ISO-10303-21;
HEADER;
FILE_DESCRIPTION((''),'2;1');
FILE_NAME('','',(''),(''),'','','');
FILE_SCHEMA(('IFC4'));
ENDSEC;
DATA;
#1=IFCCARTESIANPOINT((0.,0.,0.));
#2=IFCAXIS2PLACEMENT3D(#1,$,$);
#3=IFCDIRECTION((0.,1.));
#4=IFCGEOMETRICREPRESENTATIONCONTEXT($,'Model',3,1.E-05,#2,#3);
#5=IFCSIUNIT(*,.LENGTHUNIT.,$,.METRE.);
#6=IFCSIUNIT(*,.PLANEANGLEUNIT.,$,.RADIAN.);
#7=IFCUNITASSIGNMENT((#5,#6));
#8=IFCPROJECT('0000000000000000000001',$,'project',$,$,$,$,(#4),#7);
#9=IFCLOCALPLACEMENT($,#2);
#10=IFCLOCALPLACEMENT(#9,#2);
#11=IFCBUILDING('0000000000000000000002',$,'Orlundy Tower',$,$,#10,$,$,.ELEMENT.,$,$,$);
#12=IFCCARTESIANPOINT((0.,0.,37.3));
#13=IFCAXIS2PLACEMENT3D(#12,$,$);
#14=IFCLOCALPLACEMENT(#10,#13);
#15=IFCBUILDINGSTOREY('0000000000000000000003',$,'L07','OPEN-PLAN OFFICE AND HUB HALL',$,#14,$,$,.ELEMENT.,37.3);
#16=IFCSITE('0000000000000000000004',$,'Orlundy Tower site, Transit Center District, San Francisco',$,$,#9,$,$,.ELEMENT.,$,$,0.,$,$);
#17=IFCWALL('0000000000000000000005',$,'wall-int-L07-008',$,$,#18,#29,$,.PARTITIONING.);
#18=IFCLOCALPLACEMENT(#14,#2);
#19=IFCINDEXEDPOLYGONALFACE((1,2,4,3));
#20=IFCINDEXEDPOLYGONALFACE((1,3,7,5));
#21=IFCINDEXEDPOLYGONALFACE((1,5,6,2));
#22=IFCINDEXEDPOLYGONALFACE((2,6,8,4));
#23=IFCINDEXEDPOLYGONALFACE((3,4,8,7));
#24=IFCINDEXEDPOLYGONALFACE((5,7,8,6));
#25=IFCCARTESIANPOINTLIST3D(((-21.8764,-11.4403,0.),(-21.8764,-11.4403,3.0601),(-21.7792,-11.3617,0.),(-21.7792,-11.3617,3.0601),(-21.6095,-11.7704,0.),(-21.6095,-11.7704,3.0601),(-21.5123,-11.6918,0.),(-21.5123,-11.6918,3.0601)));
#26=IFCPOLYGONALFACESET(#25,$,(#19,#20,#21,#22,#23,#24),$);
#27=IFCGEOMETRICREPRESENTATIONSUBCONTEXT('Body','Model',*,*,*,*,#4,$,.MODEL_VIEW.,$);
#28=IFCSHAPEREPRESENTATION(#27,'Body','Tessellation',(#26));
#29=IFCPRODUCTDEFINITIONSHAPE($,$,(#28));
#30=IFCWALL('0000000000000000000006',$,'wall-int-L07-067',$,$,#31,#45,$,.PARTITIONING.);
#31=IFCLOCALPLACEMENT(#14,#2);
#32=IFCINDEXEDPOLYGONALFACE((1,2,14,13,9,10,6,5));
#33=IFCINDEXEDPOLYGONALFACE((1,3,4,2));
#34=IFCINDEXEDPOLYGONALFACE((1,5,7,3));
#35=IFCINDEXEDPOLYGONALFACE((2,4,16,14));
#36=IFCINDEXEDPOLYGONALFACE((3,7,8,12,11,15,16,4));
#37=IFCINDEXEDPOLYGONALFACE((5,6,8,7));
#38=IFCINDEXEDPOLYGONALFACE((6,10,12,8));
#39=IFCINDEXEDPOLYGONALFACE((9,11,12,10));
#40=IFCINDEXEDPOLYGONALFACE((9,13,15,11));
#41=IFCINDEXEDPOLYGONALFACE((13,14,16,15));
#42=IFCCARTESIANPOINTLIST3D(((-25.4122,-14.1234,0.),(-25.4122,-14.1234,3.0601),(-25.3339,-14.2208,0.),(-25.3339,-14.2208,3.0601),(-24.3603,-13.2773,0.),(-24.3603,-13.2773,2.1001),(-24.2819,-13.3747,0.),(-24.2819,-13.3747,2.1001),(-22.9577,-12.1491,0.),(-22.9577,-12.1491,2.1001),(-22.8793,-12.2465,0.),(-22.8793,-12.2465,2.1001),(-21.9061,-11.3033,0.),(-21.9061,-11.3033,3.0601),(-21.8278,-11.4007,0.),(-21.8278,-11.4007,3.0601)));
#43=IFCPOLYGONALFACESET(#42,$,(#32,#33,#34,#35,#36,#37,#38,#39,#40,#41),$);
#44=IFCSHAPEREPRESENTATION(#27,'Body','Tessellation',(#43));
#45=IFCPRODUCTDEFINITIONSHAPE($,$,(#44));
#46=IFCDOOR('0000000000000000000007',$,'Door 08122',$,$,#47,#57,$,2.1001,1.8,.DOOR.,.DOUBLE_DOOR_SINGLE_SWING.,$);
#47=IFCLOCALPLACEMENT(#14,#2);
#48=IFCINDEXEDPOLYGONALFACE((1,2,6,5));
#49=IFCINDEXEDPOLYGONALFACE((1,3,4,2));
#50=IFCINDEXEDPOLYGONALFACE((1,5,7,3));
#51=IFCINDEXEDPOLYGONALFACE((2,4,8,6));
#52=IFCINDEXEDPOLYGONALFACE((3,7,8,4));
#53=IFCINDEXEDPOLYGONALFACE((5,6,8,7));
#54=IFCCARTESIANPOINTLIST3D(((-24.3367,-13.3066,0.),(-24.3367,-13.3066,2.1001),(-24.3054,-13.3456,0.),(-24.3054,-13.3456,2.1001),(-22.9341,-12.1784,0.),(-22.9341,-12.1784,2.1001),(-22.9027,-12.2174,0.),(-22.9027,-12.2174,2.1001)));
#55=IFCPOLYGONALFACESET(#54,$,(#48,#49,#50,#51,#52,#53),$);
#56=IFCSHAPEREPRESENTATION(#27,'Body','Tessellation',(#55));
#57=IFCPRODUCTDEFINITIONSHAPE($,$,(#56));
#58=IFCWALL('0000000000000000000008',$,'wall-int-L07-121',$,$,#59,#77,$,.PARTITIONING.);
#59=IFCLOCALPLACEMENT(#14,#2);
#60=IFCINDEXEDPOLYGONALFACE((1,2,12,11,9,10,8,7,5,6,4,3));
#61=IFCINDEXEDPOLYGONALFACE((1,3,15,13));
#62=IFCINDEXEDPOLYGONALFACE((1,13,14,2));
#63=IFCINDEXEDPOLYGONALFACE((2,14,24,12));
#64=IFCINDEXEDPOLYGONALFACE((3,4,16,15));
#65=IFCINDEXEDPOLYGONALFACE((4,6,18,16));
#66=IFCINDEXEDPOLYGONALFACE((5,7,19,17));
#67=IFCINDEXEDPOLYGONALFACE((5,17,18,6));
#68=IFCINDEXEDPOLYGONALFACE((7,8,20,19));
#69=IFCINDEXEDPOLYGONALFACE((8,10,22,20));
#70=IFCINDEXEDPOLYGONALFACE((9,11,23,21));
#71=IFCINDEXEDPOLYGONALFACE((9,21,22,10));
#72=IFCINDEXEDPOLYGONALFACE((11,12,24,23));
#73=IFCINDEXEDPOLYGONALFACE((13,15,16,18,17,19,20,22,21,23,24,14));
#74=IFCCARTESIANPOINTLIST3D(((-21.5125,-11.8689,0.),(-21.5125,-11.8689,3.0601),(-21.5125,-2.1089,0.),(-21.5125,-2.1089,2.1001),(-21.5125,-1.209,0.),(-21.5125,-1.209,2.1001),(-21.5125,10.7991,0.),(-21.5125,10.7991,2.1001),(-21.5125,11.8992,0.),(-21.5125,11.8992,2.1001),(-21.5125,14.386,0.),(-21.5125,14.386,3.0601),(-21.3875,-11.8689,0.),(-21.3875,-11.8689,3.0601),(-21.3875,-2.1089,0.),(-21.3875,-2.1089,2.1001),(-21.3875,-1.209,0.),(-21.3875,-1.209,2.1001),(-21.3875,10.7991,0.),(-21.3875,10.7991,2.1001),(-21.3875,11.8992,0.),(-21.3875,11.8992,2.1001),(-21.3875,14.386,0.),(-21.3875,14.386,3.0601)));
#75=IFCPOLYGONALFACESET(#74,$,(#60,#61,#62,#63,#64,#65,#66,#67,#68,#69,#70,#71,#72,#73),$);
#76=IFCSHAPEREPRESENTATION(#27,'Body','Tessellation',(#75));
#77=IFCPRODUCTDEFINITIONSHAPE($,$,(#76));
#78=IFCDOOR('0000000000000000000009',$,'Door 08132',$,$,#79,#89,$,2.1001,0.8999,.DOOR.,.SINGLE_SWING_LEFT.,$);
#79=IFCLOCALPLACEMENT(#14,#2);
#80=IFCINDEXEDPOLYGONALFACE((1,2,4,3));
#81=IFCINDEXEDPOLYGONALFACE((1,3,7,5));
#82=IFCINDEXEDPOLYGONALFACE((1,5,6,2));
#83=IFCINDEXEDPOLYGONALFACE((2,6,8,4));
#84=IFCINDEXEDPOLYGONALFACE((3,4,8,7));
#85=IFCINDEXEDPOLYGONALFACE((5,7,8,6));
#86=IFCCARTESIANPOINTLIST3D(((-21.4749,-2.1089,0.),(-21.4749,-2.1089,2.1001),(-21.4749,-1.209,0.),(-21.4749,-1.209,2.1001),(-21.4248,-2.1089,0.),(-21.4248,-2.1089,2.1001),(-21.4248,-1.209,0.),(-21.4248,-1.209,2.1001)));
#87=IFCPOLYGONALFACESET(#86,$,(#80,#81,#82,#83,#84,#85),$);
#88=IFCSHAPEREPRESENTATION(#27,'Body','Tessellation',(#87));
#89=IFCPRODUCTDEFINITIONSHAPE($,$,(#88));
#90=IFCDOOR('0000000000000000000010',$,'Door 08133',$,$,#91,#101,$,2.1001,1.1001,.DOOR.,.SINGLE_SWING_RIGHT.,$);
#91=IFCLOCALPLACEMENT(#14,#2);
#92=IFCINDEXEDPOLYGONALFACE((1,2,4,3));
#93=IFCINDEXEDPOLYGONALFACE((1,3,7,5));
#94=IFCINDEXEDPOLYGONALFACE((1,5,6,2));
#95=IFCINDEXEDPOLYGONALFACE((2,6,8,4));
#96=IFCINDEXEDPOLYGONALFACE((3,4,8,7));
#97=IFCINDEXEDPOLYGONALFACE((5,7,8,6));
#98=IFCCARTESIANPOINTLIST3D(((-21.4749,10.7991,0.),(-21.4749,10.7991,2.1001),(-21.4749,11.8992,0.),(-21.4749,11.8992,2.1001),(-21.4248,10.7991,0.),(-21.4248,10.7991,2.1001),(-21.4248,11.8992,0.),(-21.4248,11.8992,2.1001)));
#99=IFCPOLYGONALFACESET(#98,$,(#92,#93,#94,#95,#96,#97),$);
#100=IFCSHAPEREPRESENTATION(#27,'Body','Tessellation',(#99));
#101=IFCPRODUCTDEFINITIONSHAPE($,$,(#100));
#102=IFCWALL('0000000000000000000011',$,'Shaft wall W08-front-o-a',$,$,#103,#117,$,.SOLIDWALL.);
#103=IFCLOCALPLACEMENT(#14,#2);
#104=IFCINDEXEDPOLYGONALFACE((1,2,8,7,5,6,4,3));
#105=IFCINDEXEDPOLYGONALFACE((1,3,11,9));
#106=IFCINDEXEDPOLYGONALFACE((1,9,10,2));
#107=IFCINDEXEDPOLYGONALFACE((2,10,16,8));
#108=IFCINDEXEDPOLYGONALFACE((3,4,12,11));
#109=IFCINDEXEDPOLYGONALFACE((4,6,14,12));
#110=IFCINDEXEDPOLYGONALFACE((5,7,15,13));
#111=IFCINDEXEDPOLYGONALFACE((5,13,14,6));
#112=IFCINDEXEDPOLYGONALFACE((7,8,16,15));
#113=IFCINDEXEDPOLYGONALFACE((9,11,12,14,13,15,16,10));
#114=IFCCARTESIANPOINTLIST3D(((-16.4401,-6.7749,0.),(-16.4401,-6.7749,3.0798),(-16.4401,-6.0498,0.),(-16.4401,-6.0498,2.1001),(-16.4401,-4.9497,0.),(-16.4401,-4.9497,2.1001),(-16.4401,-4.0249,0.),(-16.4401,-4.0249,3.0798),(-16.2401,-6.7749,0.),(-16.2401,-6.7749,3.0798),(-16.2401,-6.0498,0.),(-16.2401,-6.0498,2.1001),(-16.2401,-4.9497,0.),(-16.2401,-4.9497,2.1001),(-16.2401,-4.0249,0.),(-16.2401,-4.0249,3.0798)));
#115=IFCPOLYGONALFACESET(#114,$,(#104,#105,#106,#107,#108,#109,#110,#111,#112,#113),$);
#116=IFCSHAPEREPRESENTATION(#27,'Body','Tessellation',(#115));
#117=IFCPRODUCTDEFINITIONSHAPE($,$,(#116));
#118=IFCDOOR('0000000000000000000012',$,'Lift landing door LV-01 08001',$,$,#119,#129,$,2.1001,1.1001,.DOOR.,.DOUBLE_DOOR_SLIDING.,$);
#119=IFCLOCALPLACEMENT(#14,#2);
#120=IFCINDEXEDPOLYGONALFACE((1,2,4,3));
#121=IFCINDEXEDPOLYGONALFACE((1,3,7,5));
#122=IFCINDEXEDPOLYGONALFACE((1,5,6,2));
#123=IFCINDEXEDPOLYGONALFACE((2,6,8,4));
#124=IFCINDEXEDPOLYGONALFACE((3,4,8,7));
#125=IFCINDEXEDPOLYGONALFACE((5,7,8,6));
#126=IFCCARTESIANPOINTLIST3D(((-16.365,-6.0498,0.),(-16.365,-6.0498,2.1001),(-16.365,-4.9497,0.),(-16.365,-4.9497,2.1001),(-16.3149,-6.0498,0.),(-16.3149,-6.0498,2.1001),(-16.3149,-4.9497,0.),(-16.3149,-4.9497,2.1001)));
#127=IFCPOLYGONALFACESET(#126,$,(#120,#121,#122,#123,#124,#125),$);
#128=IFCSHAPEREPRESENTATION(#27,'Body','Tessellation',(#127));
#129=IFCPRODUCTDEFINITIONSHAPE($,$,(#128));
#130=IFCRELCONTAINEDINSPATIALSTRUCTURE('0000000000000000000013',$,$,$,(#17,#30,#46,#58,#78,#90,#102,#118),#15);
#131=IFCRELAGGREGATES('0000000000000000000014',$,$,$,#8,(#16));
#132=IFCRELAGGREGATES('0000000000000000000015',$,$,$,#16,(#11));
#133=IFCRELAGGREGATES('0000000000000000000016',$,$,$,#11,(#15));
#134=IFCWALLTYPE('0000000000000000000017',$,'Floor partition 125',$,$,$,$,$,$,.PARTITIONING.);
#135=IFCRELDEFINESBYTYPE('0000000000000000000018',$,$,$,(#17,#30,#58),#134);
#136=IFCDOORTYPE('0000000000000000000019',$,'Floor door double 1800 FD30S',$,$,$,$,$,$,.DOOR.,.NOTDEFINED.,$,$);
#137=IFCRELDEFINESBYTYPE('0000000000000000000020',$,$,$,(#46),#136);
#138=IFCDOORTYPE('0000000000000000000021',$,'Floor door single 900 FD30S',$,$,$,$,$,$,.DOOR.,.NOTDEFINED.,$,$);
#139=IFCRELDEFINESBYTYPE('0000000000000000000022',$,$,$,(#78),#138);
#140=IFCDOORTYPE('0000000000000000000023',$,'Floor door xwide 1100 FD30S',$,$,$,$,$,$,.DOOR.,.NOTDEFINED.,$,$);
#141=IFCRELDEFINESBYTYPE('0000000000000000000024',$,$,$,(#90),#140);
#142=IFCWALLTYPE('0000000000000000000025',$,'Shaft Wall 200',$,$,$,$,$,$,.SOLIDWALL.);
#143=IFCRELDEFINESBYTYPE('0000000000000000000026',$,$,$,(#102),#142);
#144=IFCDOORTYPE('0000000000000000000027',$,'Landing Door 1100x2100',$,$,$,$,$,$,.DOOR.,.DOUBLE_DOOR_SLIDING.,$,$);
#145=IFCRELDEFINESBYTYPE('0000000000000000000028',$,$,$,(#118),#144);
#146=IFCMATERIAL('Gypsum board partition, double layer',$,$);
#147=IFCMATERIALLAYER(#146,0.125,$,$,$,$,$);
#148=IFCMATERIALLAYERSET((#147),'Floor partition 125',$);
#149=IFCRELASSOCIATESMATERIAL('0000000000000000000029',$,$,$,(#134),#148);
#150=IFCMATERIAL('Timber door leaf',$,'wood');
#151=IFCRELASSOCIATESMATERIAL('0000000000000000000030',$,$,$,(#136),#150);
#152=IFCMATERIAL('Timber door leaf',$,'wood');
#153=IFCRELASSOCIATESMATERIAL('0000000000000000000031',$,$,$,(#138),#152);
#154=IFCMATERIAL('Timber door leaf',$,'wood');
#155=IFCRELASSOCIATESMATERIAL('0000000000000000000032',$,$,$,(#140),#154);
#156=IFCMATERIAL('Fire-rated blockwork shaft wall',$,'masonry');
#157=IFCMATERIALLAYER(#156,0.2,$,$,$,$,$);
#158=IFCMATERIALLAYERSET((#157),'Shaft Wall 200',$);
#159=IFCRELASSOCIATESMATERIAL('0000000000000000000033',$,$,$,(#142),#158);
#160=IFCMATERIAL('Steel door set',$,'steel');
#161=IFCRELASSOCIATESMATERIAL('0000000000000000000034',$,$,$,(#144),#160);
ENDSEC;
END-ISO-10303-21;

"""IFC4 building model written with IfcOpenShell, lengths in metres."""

from ifc_helpers import new_model, si_unit, direction, frame, frame_2d, origin, place, context, subcontext, project, spatial, rectangle, extrude, material, layer, layer_set, type_object, element, fill, save


model = new_model("IFC4")

# Units and contexts
model_context = context("Model", 3, precision=1e-05, world=origin(), true_north=direction((0.0, 1.0)))
body_context = subcontext(model_context, "Body", "Model", "MODEL_VIEW")
ifc_project = project(units=[si_unit("LENGTHUNIT", "METRE"), si_unit("PLANEANGLEUNIT", "RADIAN")], contexts=[model_context])

# Site, building, storey
site_placement = place(None, origin())
site = spatial("IfcSite", under=ifc_project, at=site_placement, Name="Orlundy Tower site, Transit Center District, San Francisco", CompositionType="ELEMENT", RefElevation=0.0)
building_placement = place(site_placement, origin())
building = spatial("IfcBuilding", under=site, at=building_placement, Name="Orlundy Tower", CompositionType="ELEMENT")
storey_placement = place(building_placement, frame((0.0, 0.0, 37.3)))
storey = spatial("IfcBuildingStorey", under=building, at=storey_placement, Name="L07", Description="OPEN-PLAN OFFICE AND HUB HALL", CompositionType="ELEMENT", Elevation=37.3)

# Wall
ifc_material_1 = material(Name="Gypsum board partition, double layer")
ifc_layer_1 = layer(ifc_material_1, 0.125)
ifc_layer_set_1 = layer_set([ifc_layer_1], Name="Floor partition 125")
wall_type_1 = type_object("IfcWallType", Name="Floor partition 125", PredefinedType="PARTITIONING", material=ifc_layer_set_1)
wall_1_placement = place(storey_placement, frame((-21.8279, -11.4009, 0.0), z_axis=(0.0, 0.0, 1.0), x_axis=(0.628685, -0.77766, 0.0)))
element("IfcWall", 1, at=wall_1_placement, inside=storey, type_object=wall_type_1, Name="wall-int-L07-008", PredefinedType="PARTITIONING", context=body_context, shape_type="SweptSolid", body=[
    extrude(rectangle(XDim=0.4246, YDim=0.125, at=frame_2d((0.2124, 0.0))), origin(), (0.0, 0.0, 1.0), 3.0601),
])

# Wall, opening, door
wall_2_placement = place(storey_placement, frame((-25.373, -14.1721, 0.0), z_axis=(0.0, 0.0, 1.0), x_axis=(0.77922, 0.626751, 0.0)))
wall_2 = element("IfcWall", 2, at=wall_2_placement, inside=storey, type_object=wall_type_1, Name="wall-int-L07-067", PredefinedType="PARTITIONING", context=body_context, shape_type="SweptSolid", body=[
    extrude(rectangle(XDim=4.4995, YDim=0.125, at=frame_2d((2.2498, 0.0))), origin(), (0.0, 0.0, 1.0), 3.0601),
])
opening_1_placement = place(wall_2_placement, frame((1.3501, 0.0, 0.0)))
opening_1 = element("IfcOpeningElement", 3, at=opening_1_placement, cuts=wall_2, PredefinedType="OPENING", context=body_context, shape_type="SweptSolid", body=[
    extrude(rectangle(XDim=1.8, YDim=2.1001, at=frame_2d((0.8999, 1.05))), frame((0.0, 0.0725, 0.0), z_axis=(0.0, -1.0, 0.0), x_axis=(1.0, 0.0, 0.0)), (0.0, 0.0, 1.0), 0.145),
])
ifc_material_2 = material(Name="Timber door leaf", Category="wood")
door_type_1 = type_object("IfcDoorType", Name="Floor door double 1800 FD30S", OperationType="NOTDEFINED", PredefinedType="DOOR", material=ifc_material_2)
door_1_placement = place(opening_1_placement, origin())
door_1 = element("IfcDoor", 4, at=door_1_placement, inside=storey, type_object=door_type_1, Name="Door 08122", OperationType="DOUBLE_DOOR_SINGLE_SWING", OverallHeight=2.1001, OverallWidth=1.8, PredefinedType="DOOR", context=body_context, shape_type="SweptSolid", body=[
    extrude(rectangle(XDim=1.8, YDim=2.1001, at=frame_2d((0.8999, 1.05))), frame((0.0, 0.0249, 0.0), z_axis=(0.0, -1.0, 0.0), x_axis=(1.0, 0.0, 0.0)), (0.0, 0.0, 1.0), 0.05),
])
fill(opening_1, door_1)

# Wall, openings, doors
wall_3_placement = place(storey_placement, frame((-21.45, -11.8689, 0.0), z_axis=(0.0, 0.0, 1.0), x_axis=(0.0, 1.0, 0.0)))
wall_3 = element("IfcWall", 5, at=wall_3_placement, inside=storey, type_object=wall_type_1, Name="wall-int-L07-121", PredefinedType="PARTITIONING", context=body_context, shape_type="SweptSolid", body=[
    extrude(rectangle(XDim=26.2549, YDim=0.125, at=frame_2d((13.1274, 0.0))), origin(), (0.0, 0.0, 1.0), 3.0601),
])
opening_2_placement = place(wall_3_placement, frame((9.76, 0.0, 0.0)))
opening_2 = element("IfcOpeningElement", 6, at=opening_2_placement, cuts=wall_3, PredefinedType="OPENING", context=body_context, shape_type="SweptSolid", body=[
    extrude(rectangle(XDim=0.8999, YDim=2.1001, at=frame_2d((0.45, 1.05))), frame((0.0, 0.0725, 0.0), z_axis=(0.0, -1.0, 0.0), x_axis=(1.0, 0.0, 0.0)), (0.0, 0.0, 1.0), 0.145),
])
opening_3_placement = place(wall_3_placement, frame((22.668, 0.0, 0.0)))
opening_3 = element("IfcOpeningElement", 7, at=opening_3_placement, cuts=wall_3, PredefinedType="OPENING", context=body_context, shape_type="SweptSolid", body=[
    extrude(rectangle(XDim=1.1001, YDim=2.1001, at=frame_2d((0.55, 1.05))), frame((0.0, 0.0725, 0.0), z_axis=(0.0, -1.0, 0.0), x_axis=(1.0, 0.0, 0.0)), (0.0, 0.0, 1.0), 0.145),
])
ifc_material_3 = material(Name="Timber door leaf", Category="wood")
door_type_2 = type_object("IfcDoorType", Name="Floor door single 900 FD30S", OperationType="NOTDEFINED", PredefinedType="DOOR", material=ifc_material_3)
door_2_placement = place(opening_2_placement, origin())
door_2 = element("IfcDoor", 8, at=door_2_placement, inside=storey, type_object=door_type_2, Name="Door 08132", OperationType="SINGLE_SWING_LEFT", OverallHeight=2.1001, OverallWidth=0.8999, PredefinedType="DOOR", context=body_context, shape_type="SweptSolid", body=[
    extrude(rectangle(XDim=0.8999, YDim=2.1001, at=frame_2d((0.45, 1.05))), frame((0.0, 0.0249, 0.0), z_axis=(0.0, -1.0, 0.0), x_axis=(1.0, 0.0, 0.0)), (0.0, 0.0, 1.0), 0.05),
])
fill(opening_2, door_2)
ifc_material_4 = material(Name="Timber door leaf", Category="wood")
door_type_3 = type_object("IfcDoorType", Name="Floor door xwide 1100 FD30S", OperationType="NOTDEFINED", PredefinedType="DOOR", material=ifc_material_4)
door_3_placement = place(opening_3_placement, origin())
door_3 = element("IfcDoor", 9, at=door_3_placement, inside=storey, type_object=door_type_3, Name="Door 08133", OperationType="SINGLE_SWING_RIGHT", OverallHeight=2.1001, OverallWidth=1.1001, PredefinedType="DOOR", context=body_context, shape_type="SweptSolid", body=[
    extrude(rectangle(XDim=1.1001, YDim=2.1001, at=frame_2d((0.55, 1.05))), frame((0.0, 0.0249, 0.0), z_axis=(0.0, -1.0, 0.0), x_axis=(1.0, 0.0, 0.0)), (0.0, 0.0, 1.0), 0.05),
])
fill(opening_3, door_3)

# Wall, opening, door
ifc_material_5 = material(Name="Fire-rated blockwork shaft wall", Category="masonry")
ifc_layer_2 = layer(ifc_material_5, 0.2)
ifc_layer_set_2 = layer_set([ifc_layer_2], Name="Shaft Wall 200")
wall_type_2 = type_object("IfcWallType", Name="Shaft Wall 200", PredefinedType="SOLIDWALL", material=ifc_layer_set_2)
wall_4_placement = place(storey_placement, frame((-16.3401, -6.7749, 0.0), z_axis=(0.0, 0.0, 1.0), x_axis=(0.0, 1.0, 0.0)))
wall_4 = element("IfcWall", 10, at=wall_4_placement, inside=storey, type_object=wall_type_2, Name="Shaft wall W08-front-o-a", PredefinedType="SOLIDWALL", context=body_context, shape_type="SweptSolid", body=[
    extrude(rectangle(XDim=2.75, YDim=0.2, at=frame_2d((1.375, 0.0))), origin(), (0.0, 0.0, 1.0), 3.0798),
])
opening_4_placement = place(wall_4_placement, frame((0.7251, 0.0, 0.0)))
opening_4 = element("IfcOpeningElement", 11, at=opening_4_placement, cuts=wall_4, PredefinedType="OPENING", context=body_context, shape_type="SweptSolid", body=[
    extrude(rectangle(XDim=1.1001, YDim=2.1001, at=frame_2d((0.55, 1.05))), frame((0.0, 0.1101, 0.0), z_axis=(0.0, -1.0, 0.0), x_axis=(1.0, 0.0, 0.0)), (0.0, 0.0, 1.0), 0.2202),
])
ifc_material_6 = material(Name="Steel door set", Category="steel")
door_type_4 = type_object("IfcDoorType", Name="Landing Door 1100x2100", OperationType="DOUBLE_DOOR_SLIDING", PredefinedType="DOOR", material=ifc_material_6)
door_4_placement = place(opening_4_placement, origin())
door_4 = element("IfcDoor", 12, at=door_4_placement, inside=storey, type_object=door_type_4, Name="Lift landing door LV-01 08001", OperationType="DOUBLE_DOOR_SLIDING", OverallHeight=2.1001, OverallWidth=1.1001, PredefinedType="DOOR", context=body_context, shape_type="SweptSolid", body=[
    extrude(rectangle(XDim=1.1001, YDim=2.1001, at=frame_2d((0.55, 1.05))), frame((0.0, 0.0249, 0.0), z_axis=(0.0, -1.0, 0.0), x_axis=(1.0, 0.0, 0.0)), (0.0, 0.0, 1.0), 0.05),
])
fill(opening_4, door_4)

save(model, "model.ifc")
